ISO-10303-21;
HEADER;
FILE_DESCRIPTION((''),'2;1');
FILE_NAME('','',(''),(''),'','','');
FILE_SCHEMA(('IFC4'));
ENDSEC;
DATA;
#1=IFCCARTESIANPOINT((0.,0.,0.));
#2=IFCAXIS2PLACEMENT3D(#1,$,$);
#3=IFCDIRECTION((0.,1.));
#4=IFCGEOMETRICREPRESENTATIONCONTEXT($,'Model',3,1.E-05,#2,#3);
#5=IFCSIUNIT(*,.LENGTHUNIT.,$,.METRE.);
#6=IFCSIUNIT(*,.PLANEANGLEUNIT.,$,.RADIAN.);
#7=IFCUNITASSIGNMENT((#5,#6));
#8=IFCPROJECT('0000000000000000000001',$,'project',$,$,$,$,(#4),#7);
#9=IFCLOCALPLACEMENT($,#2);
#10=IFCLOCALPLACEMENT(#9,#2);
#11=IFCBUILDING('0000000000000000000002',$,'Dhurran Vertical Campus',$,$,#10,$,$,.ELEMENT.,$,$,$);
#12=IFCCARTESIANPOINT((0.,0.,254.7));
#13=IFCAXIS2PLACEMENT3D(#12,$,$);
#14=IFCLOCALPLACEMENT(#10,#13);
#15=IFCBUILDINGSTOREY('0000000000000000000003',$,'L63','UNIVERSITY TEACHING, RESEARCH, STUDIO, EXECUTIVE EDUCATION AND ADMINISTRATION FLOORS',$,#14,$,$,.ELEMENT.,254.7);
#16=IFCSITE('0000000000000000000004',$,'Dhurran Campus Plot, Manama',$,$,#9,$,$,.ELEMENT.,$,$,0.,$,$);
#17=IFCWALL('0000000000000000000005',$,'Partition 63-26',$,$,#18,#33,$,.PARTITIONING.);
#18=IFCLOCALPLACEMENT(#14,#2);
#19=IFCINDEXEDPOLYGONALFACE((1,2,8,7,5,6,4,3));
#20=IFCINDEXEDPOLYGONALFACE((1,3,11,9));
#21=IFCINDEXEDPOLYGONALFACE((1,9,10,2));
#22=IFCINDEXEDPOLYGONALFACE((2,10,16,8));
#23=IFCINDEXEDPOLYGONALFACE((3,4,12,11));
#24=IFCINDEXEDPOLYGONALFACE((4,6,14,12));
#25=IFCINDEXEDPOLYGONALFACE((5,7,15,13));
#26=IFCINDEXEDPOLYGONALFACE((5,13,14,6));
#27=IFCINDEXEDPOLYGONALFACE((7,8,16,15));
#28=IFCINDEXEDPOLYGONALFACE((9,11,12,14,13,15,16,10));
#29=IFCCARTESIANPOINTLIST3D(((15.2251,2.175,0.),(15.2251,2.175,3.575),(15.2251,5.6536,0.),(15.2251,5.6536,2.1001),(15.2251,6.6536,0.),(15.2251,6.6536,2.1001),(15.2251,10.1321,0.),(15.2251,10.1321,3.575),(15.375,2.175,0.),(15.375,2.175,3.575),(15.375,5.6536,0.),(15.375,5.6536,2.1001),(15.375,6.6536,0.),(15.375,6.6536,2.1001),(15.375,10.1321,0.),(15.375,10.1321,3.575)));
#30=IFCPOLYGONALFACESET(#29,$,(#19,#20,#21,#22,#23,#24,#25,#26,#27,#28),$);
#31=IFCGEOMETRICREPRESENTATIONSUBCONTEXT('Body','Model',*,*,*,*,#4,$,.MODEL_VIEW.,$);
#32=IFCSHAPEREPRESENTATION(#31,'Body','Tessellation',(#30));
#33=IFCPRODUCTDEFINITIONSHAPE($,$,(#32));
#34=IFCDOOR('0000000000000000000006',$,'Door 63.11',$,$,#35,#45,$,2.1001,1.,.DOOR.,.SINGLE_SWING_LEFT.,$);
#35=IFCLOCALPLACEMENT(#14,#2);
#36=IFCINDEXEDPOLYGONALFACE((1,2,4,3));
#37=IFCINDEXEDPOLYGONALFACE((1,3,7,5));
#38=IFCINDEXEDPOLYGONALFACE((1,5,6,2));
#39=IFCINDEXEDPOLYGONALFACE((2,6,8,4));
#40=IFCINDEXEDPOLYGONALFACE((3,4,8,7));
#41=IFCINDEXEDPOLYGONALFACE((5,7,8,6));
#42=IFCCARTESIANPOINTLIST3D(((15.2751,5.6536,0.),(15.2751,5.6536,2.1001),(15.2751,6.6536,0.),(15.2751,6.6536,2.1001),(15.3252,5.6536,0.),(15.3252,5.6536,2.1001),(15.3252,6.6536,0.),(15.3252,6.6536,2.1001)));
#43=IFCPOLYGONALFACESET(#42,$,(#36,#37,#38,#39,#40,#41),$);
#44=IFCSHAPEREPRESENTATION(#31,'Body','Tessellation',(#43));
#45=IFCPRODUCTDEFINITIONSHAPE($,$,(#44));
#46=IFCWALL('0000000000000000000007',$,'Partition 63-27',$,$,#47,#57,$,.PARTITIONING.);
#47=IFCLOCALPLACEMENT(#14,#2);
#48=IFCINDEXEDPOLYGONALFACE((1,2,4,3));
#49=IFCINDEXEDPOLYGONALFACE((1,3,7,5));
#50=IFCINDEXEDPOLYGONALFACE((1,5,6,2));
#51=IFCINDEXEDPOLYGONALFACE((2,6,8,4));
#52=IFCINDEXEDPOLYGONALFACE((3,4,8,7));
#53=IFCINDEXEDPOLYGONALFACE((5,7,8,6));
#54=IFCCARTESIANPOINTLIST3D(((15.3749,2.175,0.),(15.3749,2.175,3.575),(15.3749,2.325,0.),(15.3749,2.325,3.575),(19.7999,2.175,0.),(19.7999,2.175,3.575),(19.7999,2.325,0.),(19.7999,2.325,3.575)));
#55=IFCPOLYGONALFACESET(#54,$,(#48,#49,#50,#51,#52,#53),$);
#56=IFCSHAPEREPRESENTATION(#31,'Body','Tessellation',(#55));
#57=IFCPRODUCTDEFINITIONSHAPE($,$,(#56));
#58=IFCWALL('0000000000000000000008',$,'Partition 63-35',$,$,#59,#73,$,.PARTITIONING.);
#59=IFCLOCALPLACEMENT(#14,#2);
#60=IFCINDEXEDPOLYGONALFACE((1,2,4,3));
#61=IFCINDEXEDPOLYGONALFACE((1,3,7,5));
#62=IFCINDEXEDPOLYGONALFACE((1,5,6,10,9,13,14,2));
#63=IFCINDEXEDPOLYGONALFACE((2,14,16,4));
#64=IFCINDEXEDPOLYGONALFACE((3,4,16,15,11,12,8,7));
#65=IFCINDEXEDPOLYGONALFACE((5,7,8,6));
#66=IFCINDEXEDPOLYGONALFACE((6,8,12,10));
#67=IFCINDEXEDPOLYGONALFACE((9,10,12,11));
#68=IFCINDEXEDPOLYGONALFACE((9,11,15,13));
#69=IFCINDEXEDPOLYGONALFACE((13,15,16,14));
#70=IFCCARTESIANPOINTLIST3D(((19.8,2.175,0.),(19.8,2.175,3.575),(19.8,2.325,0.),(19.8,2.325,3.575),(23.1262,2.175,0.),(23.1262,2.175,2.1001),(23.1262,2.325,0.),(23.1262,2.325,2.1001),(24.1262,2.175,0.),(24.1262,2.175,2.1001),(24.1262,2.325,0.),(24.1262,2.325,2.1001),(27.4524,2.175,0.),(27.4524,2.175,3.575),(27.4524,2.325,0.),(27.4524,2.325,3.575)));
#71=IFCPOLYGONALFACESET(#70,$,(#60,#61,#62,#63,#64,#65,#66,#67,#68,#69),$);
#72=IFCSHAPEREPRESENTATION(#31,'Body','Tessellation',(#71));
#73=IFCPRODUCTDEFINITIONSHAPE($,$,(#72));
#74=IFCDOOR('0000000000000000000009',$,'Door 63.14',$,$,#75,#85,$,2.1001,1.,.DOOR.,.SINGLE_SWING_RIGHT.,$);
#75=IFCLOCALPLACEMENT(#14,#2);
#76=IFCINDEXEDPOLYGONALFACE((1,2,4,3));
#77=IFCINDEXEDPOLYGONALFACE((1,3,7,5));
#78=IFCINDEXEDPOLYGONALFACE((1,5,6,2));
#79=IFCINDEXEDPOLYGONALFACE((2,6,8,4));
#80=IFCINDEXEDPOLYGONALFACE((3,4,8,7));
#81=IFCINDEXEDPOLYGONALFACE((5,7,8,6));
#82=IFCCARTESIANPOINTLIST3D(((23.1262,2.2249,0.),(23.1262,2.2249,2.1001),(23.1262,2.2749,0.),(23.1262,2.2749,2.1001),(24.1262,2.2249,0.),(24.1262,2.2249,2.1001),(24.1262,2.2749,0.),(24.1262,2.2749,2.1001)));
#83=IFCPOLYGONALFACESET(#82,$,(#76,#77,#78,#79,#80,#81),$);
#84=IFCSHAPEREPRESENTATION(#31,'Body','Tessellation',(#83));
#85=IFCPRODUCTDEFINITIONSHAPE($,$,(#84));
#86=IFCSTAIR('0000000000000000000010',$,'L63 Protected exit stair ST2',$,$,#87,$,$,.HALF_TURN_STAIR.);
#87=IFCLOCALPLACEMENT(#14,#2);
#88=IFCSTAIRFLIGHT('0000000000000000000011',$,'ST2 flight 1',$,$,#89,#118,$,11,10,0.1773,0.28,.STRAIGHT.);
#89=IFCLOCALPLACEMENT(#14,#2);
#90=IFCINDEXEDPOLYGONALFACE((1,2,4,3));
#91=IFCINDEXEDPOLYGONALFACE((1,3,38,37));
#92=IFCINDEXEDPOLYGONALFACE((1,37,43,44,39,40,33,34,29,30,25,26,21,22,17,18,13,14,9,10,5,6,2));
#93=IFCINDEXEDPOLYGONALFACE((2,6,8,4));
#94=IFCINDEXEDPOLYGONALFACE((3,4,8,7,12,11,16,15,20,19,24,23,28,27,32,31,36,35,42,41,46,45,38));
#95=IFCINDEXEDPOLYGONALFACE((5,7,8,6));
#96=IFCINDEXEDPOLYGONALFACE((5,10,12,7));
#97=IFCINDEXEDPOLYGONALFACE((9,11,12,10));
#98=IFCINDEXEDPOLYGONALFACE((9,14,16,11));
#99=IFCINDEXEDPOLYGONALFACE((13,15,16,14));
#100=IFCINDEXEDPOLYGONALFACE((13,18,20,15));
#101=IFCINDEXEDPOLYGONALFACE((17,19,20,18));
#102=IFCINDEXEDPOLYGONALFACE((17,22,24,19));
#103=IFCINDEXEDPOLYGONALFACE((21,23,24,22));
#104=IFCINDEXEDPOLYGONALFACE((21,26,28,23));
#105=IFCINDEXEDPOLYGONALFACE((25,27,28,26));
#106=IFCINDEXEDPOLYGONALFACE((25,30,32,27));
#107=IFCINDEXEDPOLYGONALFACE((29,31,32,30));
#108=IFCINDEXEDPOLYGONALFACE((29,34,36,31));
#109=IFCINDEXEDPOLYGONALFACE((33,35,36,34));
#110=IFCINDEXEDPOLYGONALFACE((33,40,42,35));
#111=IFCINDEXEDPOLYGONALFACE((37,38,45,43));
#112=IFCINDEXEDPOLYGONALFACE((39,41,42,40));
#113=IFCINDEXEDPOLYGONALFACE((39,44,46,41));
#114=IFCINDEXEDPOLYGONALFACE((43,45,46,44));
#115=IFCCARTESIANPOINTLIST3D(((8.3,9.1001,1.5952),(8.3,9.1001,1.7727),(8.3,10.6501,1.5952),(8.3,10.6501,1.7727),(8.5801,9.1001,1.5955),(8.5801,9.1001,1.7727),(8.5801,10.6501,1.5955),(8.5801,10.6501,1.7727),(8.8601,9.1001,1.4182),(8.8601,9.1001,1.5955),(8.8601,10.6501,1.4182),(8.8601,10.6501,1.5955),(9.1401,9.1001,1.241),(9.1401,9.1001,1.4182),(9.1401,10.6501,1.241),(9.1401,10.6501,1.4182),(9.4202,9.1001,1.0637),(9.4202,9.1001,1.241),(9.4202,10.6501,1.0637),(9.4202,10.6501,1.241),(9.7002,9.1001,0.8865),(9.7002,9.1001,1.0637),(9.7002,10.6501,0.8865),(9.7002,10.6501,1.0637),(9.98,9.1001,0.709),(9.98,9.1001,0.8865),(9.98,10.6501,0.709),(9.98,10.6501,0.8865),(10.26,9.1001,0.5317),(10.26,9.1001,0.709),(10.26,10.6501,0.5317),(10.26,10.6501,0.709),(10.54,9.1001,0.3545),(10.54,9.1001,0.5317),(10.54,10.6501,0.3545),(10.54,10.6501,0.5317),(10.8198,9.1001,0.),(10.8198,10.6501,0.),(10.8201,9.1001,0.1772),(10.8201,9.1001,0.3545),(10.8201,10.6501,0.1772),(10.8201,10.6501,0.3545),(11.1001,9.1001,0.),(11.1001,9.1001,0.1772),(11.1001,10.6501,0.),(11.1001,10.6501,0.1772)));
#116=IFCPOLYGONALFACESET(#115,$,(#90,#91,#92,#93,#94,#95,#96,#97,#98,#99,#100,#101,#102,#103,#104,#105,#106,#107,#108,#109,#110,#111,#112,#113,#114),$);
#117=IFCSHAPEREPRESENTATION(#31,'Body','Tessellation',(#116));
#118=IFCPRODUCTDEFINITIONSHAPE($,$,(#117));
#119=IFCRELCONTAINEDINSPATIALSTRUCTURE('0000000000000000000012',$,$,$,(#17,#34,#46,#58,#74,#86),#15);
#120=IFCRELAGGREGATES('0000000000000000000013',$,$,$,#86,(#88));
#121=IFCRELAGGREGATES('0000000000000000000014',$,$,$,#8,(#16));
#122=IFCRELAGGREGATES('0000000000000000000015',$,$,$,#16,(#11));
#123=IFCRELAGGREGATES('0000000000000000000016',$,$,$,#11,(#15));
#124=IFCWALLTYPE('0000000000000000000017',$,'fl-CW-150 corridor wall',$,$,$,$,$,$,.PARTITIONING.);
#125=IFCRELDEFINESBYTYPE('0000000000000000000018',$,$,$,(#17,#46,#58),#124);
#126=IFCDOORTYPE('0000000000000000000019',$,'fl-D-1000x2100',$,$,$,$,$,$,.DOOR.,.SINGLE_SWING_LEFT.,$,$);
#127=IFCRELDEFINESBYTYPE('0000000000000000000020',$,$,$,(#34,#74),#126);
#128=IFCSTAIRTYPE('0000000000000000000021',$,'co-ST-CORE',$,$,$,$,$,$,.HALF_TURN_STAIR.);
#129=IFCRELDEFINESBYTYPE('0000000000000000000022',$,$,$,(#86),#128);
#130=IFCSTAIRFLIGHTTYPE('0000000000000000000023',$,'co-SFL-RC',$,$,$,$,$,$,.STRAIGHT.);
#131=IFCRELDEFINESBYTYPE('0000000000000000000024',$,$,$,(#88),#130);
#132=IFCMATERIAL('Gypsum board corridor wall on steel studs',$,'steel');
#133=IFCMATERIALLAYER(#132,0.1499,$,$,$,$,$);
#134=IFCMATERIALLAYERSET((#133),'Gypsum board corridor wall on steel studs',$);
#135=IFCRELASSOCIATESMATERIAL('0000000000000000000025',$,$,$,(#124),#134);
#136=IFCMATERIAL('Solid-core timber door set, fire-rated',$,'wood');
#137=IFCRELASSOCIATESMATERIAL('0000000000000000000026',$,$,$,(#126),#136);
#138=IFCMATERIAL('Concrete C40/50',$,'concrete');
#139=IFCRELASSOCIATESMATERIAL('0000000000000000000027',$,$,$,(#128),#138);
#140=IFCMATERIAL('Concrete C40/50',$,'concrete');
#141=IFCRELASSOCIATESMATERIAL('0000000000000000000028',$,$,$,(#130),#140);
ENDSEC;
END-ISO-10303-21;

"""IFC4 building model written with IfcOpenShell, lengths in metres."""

from ifc_helpers import new_model, si_unit, direction, frame, frame_2d, origin, place, context, subcontext, project, spatial, polyline, rectangle, outline, extrude, material, layer, layer_set, type_object, element, fill, aggregate, save


model = new_model("IFC4")

# Units and contexts
model_context = context("Model", 3, precision=1e-05, world=origin(), true_north=direction((0.0, 1.0)))
body_context = subcontext(model_context, "Body", "Model", "MODEL_VIEW")
ifc_project = project(units=[si_unit("LENGTHUNIT", "METRE"), si_unit("PLANEANGLEUNIT", "RADIAN")], contexts=[model_context])

# Site, building, storey
site_placement = place(None, origin())
site = spatial("IfcSite", under=ifc_project, at=site_placement, Name="Dhurran Campus Plot, Manama", CompositionType="ELEMENT", RefElevation=0.0)
building_placement = place(site_placement, origin())
building = spatial("IfcBuilding", under=site, at=building_placement, Name="Dhurran Vertical Campus", CompositionType="ELEMENT")
storey_placement = place(building_placement, frame((0.0, 0.0, 254.7)))
storey = spatial("IfcBuildingStorey", under=building, at=storey_placement, Name="L63", Description="UNIVERSITY TEACHING, RESEARCH, STUDIO, EXECUTIVE EDUCATION AND ADMINISTRATION FLOORS", CompositionType="ELEMENT", Elevation=254.7)

# Wall, opening, door
ifc_material_1 = material(Name="Gypsum board corridor wall on steel studs", Category="steel")
ifc_layer_1 = layer(ifc_material_1, 0.1499)
ifc_layer_set_1 = layer_set([ifc_layer_1], Name="Gypsum board corridor wall on steel studs")
wall_type_1 = type_object("IfcWallType", Name="fl-CW-150 corridor wall", PredefinedType="PARTITIONING", material=ifc_layer_set_1)
wall_1_placement = place(storey_placement, frame((15.3, 2.175, 0.0), z_axis=(0.0, 0.0, 1.0), x_axis=(0.0, 1.0, 0.0)))
wall_1 = element("IfcWall", 1, at=wall_1_placement, inside=storey, type_object=wall_type_1, Name="Partition 63-26", PredefinedType="PARTITIONING", context=body_context, shape_type="SweptSolid", body=[
    extrude(rectangle(XDim=7.957, YDim=0.1499, at=frame_2d((3.9785, 0.0))), origin(), (0.0, 0.0, 1.0), 3.575),
])
opening_1_placement = place(wall_1_placement, frame((3.4785, 0.0, 0.0)))
opening_1 = element("IfcOpeningElement", 2, at=opening_1_placement, cuts=wall_1, PredefinedType="OPENING", context=body_context, shape_type="SweptSolid", body=[
    extrude(rectangle(XDim=1.0, YDim=2.1001, at=frame_2d((0.5, 1.05))), frame((0.0, 0.085, 0.0), z_axis=(0.0, -1.0, 0.0), x_axis=(1.0, 0.0, 0.0)), (0.0, 0.0, 1.0), 0.1699),
])
ifc_material_2 = material(Name="Solid-core timber door set, fire-rated", Category="wood")
door_type = type_object("IfcDoorType", Name="fl-D-1000x2100", OperationType="SINGLE_SWING_LEFT", PredefinedType="DOOR", material=ifc_material_2)
door_1_placement = place(opening_1_placement, origin())
door_1 = element("IfcDoor", 3, at=door_1_placement, inside=storey, type_object=door_type, Name="Door 63.11", OperationType="SINGLE_SWING_LEFT", OverallHeight=2.1001, OverallWidth=1.0, PredefinedType="DOOR", context=body_context, shape_type="SweptSolid", body=[
    extrude(rectangle(XDim=1.0, YDim=2.1001, at=frame_2d((0.5, 1.05))), frame((0.0, 0.0249, 0.0), z_axis=(0.0, -1.0, 0.0), x_axis=(1.0, 0.0, 0.0)), (0.0, 0.0, 1.0), 0.05),
])
fill(opening_1, door_1)

# Wall
wall_2_placement = place(storey_placement, frame((15.375, 2.25, 0.0), z_axis=(0.0, 0.0, 1.0), x_axis=(1.0, 0.0, 0.0)))
element("IfcWall", 4, at=wall_2_placement, inside=storey, type_object=wall_type_1, Name="Partition 63-27", PredefinedType="PARTITIONING", context=body_context, shape_type="SweptSolid", body=[
    extrude(rectangle(XDim=4.425, YDim=0.1499, at=frame_2d((2.2124, 0.0))), origin(), (0.0, 0.0, 1.0), 3.575),
])

# Wall, opening, door
wall_3_placement = place(storey_placement, frame((19.8, 2.25, 0.0), z_axis=(0.0, 0.0, 1.0), x_axis=(1.0, 0.0, 0.0)))
wall_3 = element("IfcWall", 5, at=wall_3_placement, inside=storey, type_object=wall_type_1, Name="Partition 63-35", PredefinedType="PARTITIONING", context=body_context, shape_type="SweptSolid", body=[
    extrude(rectangle(XDim=7.6523, YDim=0.1499, at=frame_2d((3.8262, 0.0))), origin(), (0.0, 0.0, 1.0), 3.575),
])
opening_2_placement = place(wall_3_placement, frame((3.3262, 0.0, 0.0)))
opening_2 = element("IfcOpeningElement", 6, at=opening_2_placement, cuts=wall_3, PredefinedType="OPENING", context=body_context, shape_type="SweptSolid", body=[
    extrude(rectangle(XDim=1.0, YDim=2.1001, at=frame_2d((0.5, 1.05))), frame((0.0, 0.085, 0.0), z_axis=(0.0, -1.0, 0.0), x_axis=(1.0, 0.0, 0.0)), (0.0, 0.0, 1.0), 0.1699),
])
door_2_placement = place(opening_2_placement, origin())
door_2 = element("IfcDoor", 7, at=door_2_placement, inside=storey, type_object=door_type, Name="Door 63.14", OperationType="SINGLE_SWING_RIGHT", OverallHeight=2.1001, OverallWidth=1.0, PredefinedType="DOOR", context=body_context, shape_type="SweptSolid", body=[
    extrude(rectangle(XDim=1.0, YDim=2.1001, at=frame_2d((0.5, 1.05))), frame((0.0, 0.0249, 0.0), z_axis=(0.0, -1.0, 0.0), x_axis=(1.0, 0.0, 0.0)), (0.0, 0.0, 1.0), 0.05),
])
fill(opening_2, door_2)

# Stair, stair flight
ifc_material_3 = material(Name="Concrete C40/50", Category="concrete")
stair_type = type_object("IfcStairType", Name="co-ST-CORE", PredefinedType="HALF_TURN_STAIR", material=ifc_material_3)
stair_placement = place(storey_placement, origin())
stair = element("IfcStair", 8, at=stair_placement, inside=storey, type_object=stair_type, Name="L63 Protected exit stair ST2", PredefinedType="HALF_TURN_STAIR")
ifc_material_4 = material(Name="Concrete C40/50", Category="concrete")
stair_flight_type = type_object("IfcStairFlightType", Name="co-SFL-RC", PredefinedType="STRAIGHT", material=ifc_material_4)
stair_flight_placement = place(storey_placement, frame((11.1001, 9.875, 0.0), z_axis=(0.0, 0.0, 1.0), x_axis=(-1.0, 0.0, 0.0)))
stair_flight = element("IfcStairFlight", 9, at=stair_flight_placement, type_object=stair_flight_type, Name="ST2 flight 1", NumberOfRisers=11, NumberOfTreads=10, PredefinedType="STRAIGHT", RiserHeight=0.1773, TreadLength=0.28, context=body_context, shape_type="SweptSolid", body=[
    extrude(outline(polyline([(0.0, 0.0), (0.0, 0.1772), (0.28, 0.1772), (0.28, 0.3545), (0.5601, 0.3545), (0.5601, 0.5317), (0.8401, 0.5317), (0.8401, 0.709), (1.1201, 0.709), (1.1201, 0.8865), (1.3999, 0.8865), (1.3999, 1.0637), (1.6799, 1.0637), (1.6799, 1.241), (1.96, 1.241), (1.96, 1.4182), (2.24, 1.4182), (2.24, 1.5955), (2.52, 1.5955), (2.52, 1.7727), (2.8, 1.7727), (2.8, 1.95), (2.8, 1.5952), (0.2803, 0.0), (0.0, 0.0)])), frame((0.0, 0.7749, 0.0), z_axis=(0.0, -1.0, 0.0), x_axis=(1.0, 0.0, 0.0)), (0.0, 0.0, 1.0), 1.55),
])
aggregate(stair, [stair_flight])

save(model, "model.ifc")
